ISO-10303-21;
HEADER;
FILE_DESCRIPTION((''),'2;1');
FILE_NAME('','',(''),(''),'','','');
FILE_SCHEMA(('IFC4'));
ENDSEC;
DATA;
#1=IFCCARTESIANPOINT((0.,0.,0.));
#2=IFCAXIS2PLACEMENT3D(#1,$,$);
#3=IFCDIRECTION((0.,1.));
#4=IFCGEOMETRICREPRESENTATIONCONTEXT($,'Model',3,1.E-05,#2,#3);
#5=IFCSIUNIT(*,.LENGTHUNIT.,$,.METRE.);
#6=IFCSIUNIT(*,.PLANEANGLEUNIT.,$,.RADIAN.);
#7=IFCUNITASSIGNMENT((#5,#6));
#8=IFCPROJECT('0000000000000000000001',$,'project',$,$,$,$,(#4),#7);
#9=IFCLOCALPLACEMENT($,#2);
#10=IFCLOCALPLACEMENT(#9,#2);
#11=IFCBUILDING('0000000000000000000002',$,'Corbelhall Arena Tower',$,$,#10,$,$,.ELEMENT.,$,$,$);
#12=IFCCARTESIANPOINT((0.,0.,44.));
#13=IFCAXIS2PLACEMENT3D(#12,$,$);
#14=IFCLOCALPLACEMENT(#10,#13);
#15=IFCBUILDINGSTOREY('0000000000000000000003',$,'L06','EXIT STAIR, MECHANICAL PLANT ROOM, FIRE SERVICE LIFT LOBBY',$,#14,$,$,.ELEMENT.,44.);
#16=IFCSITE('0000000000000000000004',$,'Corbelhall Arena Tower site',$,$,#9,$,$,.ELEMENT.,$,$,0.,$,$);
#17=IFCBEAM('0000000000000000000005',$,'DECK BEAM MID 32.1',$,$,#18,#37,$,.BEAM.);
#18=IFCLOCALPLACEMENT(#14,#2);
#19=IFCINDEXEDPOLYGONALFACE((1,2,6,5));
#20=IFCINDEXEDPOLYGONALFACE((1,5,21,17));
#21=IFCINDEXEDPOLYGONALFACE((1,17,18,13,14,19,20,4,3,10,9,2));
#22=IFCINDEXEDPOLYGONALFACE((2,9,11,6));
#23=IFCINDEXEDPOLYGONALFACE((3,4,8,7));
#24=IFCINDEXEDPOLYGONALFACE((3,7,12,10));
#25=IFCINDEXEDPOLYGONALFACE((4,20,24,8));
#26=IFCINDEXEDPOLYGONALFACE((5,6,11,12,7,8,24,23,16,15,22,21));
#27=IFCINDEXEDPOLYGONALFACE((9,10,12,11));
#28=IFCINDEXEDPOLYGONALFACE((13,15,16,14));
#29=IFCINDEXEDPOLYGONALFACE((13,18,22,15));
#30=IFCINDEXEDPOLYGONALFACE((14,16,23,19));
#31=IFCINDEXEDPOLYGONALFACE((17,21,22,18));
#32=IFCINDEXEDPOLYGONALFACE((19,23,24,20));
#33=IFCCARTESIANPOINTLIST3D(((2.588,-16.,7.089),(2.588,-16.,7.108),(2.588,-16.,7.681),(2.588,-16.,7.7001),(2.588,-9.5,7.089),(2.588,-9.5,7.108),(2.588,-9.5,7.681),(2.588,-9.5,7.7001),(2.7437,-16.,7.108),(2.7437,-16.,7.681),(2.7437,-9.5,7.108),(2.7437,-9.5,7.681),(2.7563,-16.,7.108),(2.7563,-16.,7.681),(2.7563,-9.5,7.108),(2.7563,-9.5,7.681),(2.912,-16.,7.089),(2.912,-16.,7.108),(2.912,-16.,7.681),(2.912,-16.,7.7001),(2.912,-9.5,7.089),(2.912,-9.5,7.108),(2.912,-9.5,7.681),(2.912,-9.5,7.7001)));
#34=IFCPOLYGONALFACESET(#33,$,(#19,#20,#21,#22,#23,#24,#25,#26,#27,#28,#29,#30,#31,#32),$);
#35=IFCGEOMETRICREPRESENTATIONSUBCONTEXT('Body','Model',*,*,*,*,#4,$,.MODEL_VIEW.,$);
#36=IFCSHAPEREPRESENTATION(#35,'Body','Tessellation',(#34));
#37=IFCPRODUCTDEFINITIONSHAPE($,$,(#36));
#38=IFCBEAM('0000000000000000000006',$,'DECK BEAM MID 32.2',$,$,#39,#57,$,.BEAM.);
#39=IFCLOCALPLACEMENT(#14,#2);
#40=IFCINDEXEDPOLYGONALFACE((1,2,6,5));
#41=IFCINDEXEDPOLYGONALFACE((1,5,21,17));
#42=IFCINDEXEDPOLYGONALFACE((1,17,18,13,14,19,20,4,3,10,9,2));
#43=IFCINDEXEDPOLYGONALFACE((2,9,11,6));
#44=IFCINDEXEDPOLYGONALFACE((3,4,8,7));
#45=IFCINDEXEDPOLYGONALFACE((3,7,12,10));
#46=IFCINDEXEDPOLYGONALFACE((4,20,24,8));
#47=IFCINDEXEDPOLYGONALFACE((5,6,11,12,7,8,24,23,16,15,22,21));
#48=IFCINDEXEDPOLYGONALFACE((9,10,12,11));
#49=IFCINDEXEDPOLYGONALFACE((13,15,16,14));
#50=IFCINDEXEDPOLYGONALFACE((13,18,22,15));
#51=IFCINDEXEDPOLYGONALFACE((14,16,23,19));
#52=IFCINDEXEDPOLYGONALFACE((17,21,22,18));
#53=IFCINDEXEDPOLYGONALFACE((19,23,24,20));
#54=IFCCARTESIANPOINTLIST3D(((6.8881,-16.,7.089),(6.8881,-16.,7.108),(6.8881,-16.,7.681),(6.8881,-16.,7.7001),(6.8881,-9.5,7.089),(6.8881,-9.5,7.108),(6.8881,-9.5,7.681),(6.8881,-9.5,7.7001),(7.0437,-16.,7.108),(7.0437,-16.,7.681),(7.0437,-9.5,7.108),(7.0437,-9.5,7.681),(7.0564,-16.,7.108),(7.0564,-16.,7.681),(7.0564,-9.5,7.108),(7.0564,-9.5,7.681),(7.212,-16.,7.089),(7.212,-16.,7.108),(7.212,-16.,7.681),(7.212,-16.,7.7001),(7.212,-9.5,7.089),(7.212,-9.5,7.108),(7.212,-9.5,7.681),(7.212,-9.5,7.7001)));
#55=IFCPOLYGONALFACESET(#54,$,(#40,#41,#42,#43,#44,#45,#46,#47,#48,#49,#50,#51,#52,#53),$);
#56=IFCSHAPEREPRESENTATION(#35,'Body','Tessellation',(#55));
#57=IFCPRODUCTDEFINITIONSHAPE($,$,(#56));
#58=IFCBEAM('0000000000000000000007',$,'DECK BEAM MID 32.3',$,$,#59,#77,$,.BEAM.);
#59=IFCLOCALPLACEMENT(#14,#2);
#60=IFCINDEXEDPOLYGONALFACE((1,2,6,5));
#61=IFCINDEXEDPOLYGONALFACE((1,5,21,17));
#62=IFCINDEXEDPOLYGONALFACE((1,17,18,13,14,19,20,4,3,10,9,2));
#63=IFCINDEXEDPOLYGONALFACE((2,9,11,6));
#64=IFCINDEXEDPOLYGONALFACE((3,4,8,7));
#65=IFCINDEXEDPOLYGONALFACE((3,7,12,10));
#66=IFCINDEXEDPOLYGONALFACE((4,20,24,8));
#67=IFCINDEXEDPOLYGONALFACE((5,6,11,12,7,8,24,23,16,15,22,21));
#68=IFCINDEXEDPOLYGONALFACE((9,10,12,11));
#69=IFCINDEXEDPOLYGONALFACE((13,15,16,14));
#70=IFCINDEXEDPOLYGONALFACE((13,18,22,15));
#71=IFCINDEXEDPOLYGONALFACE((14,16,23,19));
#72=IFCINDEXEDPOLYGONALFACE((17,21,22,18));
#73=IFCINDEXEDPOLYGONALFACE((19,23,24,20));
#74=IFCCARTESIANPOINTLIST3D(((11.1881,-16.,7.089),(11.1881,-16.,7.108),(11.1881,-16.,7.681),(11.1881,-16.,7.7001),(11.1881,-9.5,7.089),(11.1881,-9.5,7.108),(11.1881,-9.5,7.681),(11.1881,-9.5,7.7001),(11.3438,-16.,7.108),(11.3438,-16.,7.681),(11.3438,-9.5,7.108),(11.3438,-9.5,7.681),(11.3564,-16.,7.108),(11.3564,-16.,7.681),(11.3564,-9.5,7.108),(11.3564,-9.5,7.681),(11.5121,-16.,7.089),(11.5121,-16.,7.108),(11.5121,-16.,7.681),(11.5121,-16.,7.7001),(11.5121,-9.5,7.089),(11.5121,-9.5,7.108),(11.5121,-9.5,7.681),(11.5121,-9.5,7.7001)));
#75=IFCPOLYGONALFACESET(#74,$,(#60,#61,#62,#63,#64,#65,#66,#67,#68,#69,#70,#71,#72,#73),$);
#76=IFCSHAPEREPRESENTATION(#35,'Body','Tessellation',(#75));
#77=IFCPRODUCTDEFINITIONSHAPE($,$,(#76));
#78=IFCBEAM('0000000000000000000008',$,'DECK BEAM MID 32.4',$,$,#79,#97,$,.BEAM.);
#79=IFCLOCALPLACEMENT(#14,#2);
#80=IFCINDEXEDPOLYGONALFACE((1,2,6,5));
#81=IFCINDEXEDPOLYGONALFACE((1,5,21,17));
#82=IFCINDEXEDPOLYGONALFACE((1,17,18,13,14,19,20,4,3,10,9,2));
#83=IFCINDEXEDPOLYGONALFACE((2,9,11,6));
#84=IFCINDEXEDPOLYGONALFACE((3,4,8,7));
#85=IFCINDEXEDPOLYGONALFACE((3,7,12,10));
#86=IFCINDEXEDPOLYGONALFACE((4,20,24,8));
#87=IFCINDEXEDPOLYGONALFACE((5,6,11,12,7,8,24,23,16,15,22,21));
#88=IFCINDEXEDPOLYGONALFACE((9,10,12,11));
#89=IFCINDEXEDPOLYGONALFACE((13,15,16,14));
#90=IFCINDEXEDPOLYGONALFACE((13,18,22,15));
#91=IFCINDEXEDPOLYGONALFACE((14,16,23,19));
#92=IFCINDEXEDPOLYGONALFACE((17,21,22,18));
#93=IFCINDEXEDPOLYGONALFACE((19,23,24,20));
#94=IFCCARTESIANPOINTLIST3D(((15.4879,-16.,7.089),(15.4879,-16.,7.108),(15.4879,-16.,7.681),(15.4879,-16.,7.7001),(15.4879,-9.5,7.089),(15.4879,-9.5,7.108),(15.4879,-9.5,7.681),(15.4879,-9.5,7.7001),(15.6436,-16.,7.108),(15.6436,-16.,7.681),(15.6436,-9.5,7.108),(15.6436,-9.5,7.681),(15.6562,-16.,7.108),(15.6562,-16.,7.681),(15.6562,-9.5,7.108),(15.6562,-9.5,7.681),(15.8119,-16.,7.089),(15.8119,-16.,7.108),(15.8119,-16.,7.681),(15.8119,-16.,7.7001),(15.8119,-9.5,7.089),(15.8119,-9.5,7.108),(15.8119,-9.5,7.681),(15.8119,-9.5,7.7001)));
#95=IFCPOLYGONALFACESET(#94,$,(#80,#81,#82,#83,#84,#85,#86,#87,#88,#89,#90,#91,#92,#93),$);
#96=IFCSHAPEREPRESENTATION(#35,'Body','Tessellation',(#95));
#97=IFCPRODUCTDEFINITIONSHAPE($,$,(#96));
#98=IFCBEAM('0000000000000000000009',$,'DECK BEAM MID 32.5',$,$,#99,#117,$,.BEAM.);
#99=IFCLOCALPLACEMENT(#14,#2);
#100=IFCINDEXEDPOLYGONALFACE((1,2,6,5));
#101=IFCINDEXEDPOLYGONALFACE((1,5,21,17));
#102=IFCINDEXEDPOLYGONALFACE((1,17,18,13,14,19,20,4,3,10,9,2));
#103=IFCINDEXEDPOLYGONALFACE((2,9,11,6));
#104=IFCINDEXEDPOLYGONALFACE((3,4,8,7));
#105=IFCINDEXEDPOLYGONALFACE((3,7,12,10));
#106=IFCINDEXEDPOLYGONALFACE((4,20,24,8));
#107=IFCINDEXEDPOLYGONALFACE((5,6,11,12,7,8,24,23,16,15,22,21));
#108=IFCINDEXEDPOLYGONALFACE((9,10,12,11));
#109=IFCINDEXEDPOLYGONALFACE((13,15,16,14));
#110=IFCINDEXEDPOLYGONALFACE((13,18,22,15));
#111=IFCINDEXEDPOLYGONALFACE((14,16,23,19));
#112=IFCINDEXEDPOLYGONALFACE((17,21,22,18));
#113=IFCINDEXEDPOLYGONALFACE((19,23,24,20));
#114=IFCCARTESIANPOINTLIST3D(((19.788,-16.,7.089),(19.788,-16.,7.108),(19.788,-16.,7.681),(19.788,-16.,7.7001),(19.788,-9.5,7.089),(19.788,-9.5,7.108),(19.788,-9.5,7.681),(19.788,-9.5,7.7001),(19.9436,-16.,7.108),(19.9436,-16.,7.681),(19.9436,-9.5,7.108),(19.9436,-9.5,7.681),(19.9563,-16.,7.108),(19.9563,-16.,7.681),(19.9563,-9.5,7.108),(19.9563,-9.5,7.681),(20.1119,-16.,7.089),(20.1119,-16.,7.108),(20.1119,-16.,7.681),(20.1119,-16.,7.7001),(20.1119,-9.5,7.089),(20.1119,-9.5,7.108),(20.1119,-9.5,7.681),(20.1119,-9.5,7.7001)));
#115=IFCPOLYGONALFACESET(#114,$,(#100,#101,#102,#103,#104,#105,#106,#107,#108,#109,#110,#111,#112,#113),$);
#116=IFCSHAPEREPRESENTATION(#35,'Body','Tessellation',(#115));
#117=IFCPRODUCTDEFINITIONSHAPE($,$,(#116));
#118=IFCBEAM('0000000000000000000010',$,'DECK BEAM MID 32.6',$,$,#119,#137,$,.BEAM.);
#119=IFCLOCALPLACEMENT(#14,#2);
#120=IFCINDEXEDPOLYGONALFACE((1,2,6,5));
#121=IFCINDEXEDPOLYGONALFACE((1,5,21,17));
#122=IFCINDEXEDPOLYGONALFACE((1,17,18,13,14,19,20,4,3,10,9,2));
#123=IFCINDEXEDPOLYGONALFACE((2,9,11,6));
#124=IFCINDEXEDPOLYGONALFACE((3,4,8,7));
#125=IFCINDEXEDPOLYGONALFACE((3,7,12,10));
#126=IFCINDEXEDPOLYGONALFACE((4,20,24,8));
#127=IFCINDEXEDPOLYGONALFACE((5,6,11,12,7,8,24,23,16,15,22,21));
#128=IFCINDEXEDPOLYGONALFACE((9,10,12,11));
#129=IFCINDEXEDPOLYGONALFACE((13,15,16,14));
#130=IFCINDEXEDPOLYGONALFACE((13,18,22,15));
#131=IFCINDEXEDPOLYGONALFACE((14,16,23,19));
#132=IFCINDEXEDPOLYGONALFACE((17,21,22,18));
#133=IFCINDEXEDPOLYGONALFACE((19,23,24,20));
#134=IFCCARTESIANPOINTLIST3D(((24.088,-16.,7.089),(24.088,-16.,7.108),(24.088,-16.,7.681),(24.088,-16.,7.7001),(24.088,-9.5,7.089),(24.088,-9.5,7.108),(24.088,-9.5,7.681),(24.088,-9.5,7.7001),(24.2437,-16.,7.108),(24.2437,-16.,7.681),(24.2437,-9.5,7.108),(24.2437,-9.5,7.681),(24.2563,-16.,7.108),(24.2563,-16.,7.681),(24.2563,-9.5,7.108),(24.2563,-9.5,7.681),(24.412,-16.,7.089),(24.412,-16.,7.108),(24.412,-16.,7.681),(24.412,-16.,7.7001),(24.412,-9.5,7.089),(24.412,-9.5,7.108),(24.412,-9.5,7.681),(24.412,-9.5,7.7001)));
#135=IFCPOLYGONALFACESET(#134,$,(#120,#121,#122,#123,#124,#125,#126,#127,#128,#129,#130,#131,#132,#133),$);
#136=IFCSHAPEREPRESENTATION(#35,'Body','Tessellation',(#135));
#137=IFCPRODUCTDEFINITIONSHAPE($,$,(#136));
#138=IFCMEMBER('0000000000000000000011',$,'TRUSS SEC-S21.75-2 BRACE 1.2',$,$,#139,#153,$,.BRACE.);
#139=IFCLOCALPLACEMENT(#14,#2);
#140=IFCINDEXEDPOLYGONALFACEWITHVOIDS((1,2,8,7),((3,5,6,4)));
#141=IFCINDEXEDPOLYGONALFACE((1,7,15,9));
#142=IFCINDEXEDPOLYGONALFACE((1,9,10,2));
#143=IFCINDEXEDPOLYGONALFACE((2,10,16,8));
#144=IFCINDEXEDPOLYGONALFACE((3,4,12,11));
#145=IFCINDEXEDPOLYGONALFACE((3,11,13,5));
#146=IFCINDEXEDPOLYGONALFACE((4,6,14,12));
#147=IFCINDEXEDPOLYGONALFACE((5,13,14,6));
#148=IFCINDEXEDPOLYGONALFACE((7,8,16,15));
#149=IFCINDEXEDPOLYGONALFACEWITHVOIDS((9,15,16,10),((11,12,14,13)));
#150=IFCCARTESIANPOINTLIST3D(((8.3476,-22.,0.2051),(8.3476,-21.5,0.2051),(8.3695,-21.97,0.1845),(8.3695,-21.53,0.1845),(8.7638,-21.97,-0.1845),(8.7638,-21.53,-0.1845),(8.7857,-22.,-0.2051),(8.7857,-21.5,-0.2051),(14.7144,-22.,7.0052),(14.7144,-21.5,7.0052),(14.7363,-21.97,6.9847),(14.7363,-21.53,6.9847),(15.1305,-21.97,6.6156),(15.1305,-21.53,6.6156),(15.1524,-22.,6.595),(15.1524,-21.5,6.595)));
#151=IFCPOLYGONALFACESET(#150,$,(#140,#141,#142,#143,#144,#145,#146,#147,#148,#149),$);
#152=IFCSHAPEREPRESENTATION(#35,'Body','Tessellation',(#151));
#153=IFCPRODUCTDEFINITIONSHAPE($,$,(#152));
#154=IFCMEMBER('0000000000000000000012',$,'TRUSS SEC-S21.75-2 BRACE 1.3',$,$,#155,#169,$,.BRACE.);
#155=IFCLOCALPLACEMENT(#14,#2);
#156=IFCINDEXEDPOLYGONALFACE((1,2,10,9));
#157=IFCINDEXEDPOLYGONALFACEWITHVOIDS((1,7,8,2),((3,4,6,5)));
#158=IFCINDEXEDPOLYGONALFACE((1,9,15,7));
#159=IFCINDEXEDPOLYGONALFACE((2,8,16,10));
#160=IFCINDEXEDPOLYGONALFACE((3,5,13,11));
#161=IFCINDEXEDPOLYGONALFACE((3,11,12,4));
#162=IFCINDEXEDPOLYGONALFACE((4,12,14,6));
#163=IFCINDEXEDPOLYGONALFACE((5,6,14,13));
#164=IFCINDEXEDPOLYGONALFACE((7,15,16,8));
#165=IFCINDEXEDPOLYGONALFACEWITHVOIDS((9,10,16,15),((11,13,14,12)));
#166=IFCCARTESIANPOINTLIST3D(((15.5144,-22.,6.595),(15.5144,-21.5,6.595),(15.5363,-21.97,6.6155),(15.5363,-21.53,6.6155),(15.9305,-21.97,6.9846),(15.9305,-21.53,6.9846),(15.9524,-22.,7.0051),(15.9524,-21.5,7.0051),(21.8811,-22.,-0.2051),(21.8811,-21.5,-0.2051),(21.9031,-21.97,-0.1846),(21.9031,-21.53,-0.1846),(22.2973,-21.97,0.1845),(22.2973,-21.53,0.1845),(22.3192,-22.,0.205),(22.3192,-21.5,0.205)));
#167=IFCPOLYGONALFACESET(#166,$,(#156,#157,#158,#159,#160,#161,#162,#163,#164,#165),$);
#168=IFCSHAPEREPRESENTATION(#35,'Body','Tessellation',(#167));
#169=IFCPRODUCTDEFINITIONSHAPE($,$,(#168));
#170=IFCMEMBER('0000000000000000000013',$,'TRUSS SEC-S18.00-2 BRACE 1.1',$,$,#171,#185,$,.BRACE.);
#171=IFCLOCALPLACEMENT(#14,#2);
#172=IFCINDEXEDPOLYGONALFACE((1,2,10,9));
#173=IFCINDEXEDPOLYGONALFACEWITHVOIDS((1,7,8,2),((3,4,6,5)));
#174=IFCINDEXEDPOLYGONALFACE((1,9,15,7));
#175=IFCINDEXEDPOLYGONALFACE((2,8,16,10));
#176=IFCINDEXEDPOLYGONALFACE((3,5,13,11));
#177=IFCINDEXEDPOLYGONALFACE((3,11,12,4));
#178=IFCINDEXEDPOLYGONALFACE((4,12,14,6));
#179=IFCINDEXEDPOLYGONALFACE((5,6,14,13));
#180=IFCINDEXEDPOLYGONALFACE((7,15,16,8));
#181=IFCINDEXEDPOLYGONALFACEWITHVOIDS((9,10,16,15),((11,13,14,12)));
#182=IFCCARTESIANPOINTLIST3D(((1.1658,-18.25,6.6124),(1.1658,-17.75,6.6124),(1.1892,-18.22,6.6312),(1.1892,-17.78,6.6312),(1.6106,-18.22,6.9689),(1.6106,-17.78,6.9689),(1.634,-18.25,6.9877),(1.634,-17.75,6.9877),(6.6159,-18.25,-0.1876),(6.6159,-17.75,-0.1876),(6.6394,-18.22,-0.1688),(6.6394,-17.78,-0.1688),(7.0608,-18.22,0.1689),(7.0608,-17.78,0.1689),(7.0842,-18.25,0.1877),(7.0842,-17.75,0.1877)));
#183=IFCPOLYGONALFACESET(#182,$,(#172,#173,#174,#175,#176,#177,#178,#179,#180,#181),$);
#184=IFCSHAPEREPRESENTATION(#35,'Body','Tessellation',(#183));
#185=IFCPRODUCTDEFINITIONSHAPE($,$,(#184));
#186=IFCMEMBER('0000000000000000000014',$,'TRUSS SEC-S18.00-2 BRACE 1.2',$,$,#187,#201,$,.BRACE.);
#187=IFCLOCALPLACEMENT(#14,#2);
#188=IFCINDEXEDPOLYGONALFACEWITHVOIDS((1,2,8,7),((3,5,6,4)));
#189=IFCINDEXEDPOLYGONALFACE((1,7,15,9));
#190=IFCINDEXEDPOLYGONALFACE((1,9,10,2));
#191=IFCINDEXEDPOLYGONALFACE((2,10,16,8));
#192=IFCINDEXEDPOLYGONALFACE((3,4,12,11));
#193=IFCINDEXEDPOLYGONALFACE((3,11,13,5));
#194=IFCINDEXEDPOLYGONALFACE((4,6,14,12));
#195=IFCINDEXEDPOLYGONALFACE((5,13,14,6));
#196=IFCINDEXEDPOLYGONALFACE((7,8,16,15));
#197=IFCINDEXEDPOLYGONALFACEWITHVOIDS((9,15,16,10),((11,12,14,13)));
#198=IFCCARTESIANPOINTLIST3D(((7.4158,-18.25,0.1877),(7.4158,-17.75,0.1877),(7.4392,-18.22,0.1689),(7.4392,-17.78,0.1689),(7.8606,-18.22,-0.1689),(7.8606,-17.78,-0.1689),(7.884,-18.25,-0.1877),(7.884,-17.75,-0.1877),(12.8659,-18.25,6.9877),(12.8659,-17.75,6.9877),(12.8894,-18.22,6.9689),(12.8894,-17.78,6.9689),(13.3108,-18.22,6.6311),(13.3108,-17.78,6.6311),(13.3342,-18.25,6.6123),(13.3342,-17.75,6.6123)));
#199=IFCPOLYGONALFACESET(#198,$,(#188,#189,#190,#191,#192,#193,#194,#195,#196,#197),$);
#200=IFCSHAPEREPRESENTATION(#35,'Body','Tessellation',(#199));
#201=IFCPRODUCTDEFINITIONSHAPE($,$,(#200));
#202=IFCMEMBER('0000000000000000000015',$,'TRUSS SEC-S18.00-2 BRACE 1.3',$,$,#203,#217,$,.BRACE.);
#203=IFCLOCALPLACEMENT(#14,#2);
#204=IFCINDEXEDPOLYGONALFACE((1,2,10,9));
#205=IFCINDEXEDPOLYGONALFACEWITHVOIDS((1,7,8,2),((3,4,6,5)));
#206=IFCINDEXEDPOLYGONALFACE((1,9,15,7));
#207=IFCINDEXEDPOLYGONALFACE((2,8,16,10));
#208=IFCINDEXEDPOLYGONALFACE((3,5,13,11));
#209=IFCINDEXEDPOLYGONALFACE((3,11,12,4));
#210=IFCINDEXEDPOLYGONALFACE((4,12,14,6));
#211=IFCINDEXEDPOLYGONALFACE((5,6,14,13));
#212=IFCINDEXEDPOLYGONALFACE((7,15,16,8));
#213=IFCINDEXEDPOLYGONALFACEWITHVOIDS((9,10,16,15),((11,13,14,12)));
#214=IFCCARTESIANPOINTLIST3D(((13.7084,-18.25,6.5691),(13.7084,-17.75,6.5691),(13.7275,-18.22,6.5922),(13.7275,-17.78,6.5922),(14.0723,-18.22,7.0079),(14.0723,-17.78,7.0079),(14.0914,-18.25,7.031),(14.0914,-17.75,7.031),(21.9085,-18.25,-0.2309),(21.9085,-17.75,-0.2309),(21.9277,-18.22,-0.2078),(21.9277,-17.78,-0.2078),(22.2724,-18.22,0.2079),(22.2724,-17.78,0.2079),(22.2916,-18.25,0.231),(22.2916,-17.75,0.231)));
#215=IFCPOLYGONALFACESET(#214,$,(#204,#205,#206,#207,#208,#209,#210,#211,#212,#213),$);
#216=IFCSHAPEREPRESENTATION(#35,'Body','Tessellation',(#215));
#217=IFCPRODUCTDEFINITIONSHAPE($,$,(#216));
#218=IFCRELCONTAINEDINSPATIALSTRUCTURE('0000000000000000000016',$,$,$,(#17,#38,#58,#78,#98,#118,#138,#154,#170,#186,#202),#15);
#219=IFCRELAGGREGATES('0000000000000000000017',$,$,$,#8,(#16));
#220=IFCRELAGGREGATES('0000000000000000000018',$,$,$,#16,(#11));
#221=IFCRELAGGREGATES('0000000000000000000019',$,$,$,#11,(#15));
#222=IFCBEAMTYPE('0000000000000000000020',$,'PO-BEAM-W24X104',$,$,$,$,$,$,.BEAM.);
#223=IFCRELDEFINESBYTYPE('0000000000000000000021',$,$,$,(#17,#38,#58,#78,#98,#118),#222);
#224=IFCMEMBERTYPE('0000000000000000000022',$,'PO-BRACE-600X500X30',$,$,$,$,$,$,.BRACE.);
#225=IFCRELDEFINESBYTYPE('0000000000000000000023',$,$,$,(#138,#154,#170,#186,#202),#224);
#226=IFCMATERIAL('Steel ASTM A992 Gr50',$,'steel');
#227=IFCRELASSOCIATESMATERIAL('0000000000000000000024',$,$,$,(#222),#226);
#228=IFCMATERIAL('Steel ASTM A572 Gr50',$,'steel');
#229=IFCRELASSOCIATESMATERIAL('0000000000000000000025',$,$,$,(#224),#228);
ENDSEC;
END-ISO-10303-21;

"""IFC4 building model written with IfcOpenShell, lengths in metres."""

from ifc_helpers import new_model, si_unit, direction, frame, origin, origin_2d, place, context, subcontext, project, spatial, hollow_rectangle, i_section, extrude, material, material_profile, profile_set, type_object, element, save


model = new_model("IFC4")

# Units and contexts
model_context = context("Model", 3, precision=1e-05, world=origin(), true_north=direction((0.0, 1.0)))
body_context = subcontext(model_context, "Body", "Model", "MODEL_VIEW")
ifc_project = project(units=[si_unit("LENGTHUNIT", "METRE"), si_unit("PLANEANGLEUNIT", "RADIAN")], contexts=[model_context])

# Site, building, storey
site_placement = place(None, origin())
site = spatial("IfcSite", under=ifc_project, at=site_placement, Name="Corbelhall Arena Tower site", CompositionType="ELEMENT", RefElevation=0.0)
building_placement = place(site_placement, origin())
building = spatial("IfcBuilding", under=site, at=building_placement, Name="Corbelhall Arena Tower", CompositionType="ELEMENT")
storey_placement = place(building_placement, frame((0.0, 0.0, 44.0)))
storey = spatial("IfcBuildingStorey", under=building, at=storey_placement, Name="L06", Description="EXIT STAIR, MECHANICAL PLANT ROOM, FIRE SERVICE LIFT LOBBY", CompositionType="ELEMENT", Elevation=44.0)

# Beams
ifc_material_1 = material(Name="Steel ASTM A992 Gr50", Category="steel")
ifc_material_profile_1 = material_profile(ifc_material_1, i_section(OverallWidth=0.324, OverallDepth=0.6111, WebThickness=0.0127, FlangeThickness=0.019, at=origin_2d()))
ifc_profile_set_1 = profile_set([ifc_material_profile_1], Name="Steel ASTM A992 Gr50")
beam_type = type_object("IfcBeamType", Name="PO-BEAM-W24X104", PredefinedType="BEAM", material=ifc_profile_set_1)
for number, where, z_axis, x_axis, name in (
    (1, (2.75, -16.0, 7.3945), (0.0, 1.0, 0.0), (-1.0, 0.0, 0.0), "DECK BEAM MID 32.1"),
    (2, (7.05, -16.0, 7.3945), (0.0, 1.0, 0.0), (-1.0, 0.0, 0.0), "DECK BEAM MID 32.2"),
    (3, (11.3501, -16.0, 7.3945), (0.0, 1.0, 0.0), (-1.0, 0.0, 0.0), "DECK BEAM MID 32.3"),
    (4, (15.6499, -16.0, 7.3945), (0.0, 1.0, 0.0), (-1.0, 0.0, 0.0), "DECK BEAM MID 32.4"),
    (5, (19.95, -16.0, 7.3945), (0.0, 1.0, 0.0), (-1.0, 0.0, 0.0), "DECK BEAM MID 32.5"),
    (6, (24.25, -16.0, 7.3945), (0.0, 1.0, 0.0), (-1.0, 0.0, 0.0), "DECK BEAM MID 32.6"),
):
    element("IfcBeam", number, at=place(storey_placement, frame(where, z_axis=z_axis, x_axis=x_axis)), inside=storey, type_object=beam_type, Name=name, PredefinedType="BEAM", context=body_context, shape_type="SweptSolid", body=[
        extrude(i_section(OverallWidth=0.324, OverallDepth=0.6111, WebThickness=0.0127, FlangeThickness=0.019, at=origin_2d()), origin(), (0.0, 0.0, 1.0), 6.5),
    ])

# Members
ifc_material_2 = material(Name="Steel ASTM A572 Gr50", Category="steel")
ifc_material_profile_2 = material_profile(ifc_material_2, hollow_rectangle(XDim=0.5, YDim=0.6001, WallThickness=0.03, at=origin_2d()))
ifc_profile_set_2 = profile_set([ifc_material_profile_2], Name="Steel ASTM A572 Gr50")
member_type_1 = type_object("IfcMemberType", Name="PO-BRACE-600X500X30", PredefinedType="BRACE", material=ifc_profile_set_2)
for number, where, z_axis, x_axis, name in (
    (7, (8.5667, -21.75, 0.0), (0.683464, 0.0, 0.729984), (0.0, 1.0, 0.0), "TRUSS SEC-S21.75-2 BRACE 1.2"),
    (8, (15.7334, -21.75, 6.8), (0.683464, 0.0, -0.729984), (0.0, 1.0, 0.0), "TRUSS SEC-S21.75-2 BRACE 1.3"),
):
    element("IfcMember", number, at=place(storey_placement, frame(where, z_axis=z_axis, x_axis=x_axis)), inside=storey, type_object=member_type_1, Name=name, PredefinedType="BRACE", context=body_context, shape_type="SweptSolid", body=[
        extrude(hollow_rectangle(XDim=0.5, YDim=0.6001, WallThickness=0.03, at=origin_2d()), origin(), (0.0, 0.0, 1.0), 9.3154),
    ])
for number, where, z_axis, x_axis, name in (
    (9, (1.3999, -18.0, 6.8), (0.625405, 0.0, -0.7803), (0.0, 1.0, 0.0), "TRUSS SEC-S18.00-2 BRACE 1.1"),
    (10, (7.6499, -18.0, 0.0), (0.625405, 0.0, 0.7803), (0.0, 1.0, 0.0), "TRUSS SEC-S18.00-2 BRACE 1.2"),
):
    element("IfcMember", number, at=place(storey_placement, frame(where, z_axis=z_axis, x_axis=x_axis)), inside=storey, type_object=member_type_1, Name=name, PredefinedType="BRACE", context=body_context, shape_type="SweptSolid", body=[
        extrude(hollow_rectangle(XDim=0.5, YDim=0.6001, WallThickness=0.03, at=origin_2d()), origin(), (0.0, 0.0, 1.0), 8.7146),
    ])
member_placement = place(storey_placement, frame((13.8999, -18.0, 6.8), z_axis=(0.769763, 0.0, -0.63833), x_axis=(0.0, 1.0, 0.0)))
element("IfcMember", 11, at=member_placement, inside=storey, type_object=member_type_1, Name="TRUSS SEC-S18.00-2 BRACE 1.3", PredefinedType="BRACE", context=body_context, shape_type="SweptSolid", body=[
    extrude(hollow_rectangle(XDim=0.5, YDim=0.6001, WallThickness=0.03, at=origin_2d()), origin(), (0.0, 0.0, 1.0), 10.6528),
])

save(model, "model.ifc")
